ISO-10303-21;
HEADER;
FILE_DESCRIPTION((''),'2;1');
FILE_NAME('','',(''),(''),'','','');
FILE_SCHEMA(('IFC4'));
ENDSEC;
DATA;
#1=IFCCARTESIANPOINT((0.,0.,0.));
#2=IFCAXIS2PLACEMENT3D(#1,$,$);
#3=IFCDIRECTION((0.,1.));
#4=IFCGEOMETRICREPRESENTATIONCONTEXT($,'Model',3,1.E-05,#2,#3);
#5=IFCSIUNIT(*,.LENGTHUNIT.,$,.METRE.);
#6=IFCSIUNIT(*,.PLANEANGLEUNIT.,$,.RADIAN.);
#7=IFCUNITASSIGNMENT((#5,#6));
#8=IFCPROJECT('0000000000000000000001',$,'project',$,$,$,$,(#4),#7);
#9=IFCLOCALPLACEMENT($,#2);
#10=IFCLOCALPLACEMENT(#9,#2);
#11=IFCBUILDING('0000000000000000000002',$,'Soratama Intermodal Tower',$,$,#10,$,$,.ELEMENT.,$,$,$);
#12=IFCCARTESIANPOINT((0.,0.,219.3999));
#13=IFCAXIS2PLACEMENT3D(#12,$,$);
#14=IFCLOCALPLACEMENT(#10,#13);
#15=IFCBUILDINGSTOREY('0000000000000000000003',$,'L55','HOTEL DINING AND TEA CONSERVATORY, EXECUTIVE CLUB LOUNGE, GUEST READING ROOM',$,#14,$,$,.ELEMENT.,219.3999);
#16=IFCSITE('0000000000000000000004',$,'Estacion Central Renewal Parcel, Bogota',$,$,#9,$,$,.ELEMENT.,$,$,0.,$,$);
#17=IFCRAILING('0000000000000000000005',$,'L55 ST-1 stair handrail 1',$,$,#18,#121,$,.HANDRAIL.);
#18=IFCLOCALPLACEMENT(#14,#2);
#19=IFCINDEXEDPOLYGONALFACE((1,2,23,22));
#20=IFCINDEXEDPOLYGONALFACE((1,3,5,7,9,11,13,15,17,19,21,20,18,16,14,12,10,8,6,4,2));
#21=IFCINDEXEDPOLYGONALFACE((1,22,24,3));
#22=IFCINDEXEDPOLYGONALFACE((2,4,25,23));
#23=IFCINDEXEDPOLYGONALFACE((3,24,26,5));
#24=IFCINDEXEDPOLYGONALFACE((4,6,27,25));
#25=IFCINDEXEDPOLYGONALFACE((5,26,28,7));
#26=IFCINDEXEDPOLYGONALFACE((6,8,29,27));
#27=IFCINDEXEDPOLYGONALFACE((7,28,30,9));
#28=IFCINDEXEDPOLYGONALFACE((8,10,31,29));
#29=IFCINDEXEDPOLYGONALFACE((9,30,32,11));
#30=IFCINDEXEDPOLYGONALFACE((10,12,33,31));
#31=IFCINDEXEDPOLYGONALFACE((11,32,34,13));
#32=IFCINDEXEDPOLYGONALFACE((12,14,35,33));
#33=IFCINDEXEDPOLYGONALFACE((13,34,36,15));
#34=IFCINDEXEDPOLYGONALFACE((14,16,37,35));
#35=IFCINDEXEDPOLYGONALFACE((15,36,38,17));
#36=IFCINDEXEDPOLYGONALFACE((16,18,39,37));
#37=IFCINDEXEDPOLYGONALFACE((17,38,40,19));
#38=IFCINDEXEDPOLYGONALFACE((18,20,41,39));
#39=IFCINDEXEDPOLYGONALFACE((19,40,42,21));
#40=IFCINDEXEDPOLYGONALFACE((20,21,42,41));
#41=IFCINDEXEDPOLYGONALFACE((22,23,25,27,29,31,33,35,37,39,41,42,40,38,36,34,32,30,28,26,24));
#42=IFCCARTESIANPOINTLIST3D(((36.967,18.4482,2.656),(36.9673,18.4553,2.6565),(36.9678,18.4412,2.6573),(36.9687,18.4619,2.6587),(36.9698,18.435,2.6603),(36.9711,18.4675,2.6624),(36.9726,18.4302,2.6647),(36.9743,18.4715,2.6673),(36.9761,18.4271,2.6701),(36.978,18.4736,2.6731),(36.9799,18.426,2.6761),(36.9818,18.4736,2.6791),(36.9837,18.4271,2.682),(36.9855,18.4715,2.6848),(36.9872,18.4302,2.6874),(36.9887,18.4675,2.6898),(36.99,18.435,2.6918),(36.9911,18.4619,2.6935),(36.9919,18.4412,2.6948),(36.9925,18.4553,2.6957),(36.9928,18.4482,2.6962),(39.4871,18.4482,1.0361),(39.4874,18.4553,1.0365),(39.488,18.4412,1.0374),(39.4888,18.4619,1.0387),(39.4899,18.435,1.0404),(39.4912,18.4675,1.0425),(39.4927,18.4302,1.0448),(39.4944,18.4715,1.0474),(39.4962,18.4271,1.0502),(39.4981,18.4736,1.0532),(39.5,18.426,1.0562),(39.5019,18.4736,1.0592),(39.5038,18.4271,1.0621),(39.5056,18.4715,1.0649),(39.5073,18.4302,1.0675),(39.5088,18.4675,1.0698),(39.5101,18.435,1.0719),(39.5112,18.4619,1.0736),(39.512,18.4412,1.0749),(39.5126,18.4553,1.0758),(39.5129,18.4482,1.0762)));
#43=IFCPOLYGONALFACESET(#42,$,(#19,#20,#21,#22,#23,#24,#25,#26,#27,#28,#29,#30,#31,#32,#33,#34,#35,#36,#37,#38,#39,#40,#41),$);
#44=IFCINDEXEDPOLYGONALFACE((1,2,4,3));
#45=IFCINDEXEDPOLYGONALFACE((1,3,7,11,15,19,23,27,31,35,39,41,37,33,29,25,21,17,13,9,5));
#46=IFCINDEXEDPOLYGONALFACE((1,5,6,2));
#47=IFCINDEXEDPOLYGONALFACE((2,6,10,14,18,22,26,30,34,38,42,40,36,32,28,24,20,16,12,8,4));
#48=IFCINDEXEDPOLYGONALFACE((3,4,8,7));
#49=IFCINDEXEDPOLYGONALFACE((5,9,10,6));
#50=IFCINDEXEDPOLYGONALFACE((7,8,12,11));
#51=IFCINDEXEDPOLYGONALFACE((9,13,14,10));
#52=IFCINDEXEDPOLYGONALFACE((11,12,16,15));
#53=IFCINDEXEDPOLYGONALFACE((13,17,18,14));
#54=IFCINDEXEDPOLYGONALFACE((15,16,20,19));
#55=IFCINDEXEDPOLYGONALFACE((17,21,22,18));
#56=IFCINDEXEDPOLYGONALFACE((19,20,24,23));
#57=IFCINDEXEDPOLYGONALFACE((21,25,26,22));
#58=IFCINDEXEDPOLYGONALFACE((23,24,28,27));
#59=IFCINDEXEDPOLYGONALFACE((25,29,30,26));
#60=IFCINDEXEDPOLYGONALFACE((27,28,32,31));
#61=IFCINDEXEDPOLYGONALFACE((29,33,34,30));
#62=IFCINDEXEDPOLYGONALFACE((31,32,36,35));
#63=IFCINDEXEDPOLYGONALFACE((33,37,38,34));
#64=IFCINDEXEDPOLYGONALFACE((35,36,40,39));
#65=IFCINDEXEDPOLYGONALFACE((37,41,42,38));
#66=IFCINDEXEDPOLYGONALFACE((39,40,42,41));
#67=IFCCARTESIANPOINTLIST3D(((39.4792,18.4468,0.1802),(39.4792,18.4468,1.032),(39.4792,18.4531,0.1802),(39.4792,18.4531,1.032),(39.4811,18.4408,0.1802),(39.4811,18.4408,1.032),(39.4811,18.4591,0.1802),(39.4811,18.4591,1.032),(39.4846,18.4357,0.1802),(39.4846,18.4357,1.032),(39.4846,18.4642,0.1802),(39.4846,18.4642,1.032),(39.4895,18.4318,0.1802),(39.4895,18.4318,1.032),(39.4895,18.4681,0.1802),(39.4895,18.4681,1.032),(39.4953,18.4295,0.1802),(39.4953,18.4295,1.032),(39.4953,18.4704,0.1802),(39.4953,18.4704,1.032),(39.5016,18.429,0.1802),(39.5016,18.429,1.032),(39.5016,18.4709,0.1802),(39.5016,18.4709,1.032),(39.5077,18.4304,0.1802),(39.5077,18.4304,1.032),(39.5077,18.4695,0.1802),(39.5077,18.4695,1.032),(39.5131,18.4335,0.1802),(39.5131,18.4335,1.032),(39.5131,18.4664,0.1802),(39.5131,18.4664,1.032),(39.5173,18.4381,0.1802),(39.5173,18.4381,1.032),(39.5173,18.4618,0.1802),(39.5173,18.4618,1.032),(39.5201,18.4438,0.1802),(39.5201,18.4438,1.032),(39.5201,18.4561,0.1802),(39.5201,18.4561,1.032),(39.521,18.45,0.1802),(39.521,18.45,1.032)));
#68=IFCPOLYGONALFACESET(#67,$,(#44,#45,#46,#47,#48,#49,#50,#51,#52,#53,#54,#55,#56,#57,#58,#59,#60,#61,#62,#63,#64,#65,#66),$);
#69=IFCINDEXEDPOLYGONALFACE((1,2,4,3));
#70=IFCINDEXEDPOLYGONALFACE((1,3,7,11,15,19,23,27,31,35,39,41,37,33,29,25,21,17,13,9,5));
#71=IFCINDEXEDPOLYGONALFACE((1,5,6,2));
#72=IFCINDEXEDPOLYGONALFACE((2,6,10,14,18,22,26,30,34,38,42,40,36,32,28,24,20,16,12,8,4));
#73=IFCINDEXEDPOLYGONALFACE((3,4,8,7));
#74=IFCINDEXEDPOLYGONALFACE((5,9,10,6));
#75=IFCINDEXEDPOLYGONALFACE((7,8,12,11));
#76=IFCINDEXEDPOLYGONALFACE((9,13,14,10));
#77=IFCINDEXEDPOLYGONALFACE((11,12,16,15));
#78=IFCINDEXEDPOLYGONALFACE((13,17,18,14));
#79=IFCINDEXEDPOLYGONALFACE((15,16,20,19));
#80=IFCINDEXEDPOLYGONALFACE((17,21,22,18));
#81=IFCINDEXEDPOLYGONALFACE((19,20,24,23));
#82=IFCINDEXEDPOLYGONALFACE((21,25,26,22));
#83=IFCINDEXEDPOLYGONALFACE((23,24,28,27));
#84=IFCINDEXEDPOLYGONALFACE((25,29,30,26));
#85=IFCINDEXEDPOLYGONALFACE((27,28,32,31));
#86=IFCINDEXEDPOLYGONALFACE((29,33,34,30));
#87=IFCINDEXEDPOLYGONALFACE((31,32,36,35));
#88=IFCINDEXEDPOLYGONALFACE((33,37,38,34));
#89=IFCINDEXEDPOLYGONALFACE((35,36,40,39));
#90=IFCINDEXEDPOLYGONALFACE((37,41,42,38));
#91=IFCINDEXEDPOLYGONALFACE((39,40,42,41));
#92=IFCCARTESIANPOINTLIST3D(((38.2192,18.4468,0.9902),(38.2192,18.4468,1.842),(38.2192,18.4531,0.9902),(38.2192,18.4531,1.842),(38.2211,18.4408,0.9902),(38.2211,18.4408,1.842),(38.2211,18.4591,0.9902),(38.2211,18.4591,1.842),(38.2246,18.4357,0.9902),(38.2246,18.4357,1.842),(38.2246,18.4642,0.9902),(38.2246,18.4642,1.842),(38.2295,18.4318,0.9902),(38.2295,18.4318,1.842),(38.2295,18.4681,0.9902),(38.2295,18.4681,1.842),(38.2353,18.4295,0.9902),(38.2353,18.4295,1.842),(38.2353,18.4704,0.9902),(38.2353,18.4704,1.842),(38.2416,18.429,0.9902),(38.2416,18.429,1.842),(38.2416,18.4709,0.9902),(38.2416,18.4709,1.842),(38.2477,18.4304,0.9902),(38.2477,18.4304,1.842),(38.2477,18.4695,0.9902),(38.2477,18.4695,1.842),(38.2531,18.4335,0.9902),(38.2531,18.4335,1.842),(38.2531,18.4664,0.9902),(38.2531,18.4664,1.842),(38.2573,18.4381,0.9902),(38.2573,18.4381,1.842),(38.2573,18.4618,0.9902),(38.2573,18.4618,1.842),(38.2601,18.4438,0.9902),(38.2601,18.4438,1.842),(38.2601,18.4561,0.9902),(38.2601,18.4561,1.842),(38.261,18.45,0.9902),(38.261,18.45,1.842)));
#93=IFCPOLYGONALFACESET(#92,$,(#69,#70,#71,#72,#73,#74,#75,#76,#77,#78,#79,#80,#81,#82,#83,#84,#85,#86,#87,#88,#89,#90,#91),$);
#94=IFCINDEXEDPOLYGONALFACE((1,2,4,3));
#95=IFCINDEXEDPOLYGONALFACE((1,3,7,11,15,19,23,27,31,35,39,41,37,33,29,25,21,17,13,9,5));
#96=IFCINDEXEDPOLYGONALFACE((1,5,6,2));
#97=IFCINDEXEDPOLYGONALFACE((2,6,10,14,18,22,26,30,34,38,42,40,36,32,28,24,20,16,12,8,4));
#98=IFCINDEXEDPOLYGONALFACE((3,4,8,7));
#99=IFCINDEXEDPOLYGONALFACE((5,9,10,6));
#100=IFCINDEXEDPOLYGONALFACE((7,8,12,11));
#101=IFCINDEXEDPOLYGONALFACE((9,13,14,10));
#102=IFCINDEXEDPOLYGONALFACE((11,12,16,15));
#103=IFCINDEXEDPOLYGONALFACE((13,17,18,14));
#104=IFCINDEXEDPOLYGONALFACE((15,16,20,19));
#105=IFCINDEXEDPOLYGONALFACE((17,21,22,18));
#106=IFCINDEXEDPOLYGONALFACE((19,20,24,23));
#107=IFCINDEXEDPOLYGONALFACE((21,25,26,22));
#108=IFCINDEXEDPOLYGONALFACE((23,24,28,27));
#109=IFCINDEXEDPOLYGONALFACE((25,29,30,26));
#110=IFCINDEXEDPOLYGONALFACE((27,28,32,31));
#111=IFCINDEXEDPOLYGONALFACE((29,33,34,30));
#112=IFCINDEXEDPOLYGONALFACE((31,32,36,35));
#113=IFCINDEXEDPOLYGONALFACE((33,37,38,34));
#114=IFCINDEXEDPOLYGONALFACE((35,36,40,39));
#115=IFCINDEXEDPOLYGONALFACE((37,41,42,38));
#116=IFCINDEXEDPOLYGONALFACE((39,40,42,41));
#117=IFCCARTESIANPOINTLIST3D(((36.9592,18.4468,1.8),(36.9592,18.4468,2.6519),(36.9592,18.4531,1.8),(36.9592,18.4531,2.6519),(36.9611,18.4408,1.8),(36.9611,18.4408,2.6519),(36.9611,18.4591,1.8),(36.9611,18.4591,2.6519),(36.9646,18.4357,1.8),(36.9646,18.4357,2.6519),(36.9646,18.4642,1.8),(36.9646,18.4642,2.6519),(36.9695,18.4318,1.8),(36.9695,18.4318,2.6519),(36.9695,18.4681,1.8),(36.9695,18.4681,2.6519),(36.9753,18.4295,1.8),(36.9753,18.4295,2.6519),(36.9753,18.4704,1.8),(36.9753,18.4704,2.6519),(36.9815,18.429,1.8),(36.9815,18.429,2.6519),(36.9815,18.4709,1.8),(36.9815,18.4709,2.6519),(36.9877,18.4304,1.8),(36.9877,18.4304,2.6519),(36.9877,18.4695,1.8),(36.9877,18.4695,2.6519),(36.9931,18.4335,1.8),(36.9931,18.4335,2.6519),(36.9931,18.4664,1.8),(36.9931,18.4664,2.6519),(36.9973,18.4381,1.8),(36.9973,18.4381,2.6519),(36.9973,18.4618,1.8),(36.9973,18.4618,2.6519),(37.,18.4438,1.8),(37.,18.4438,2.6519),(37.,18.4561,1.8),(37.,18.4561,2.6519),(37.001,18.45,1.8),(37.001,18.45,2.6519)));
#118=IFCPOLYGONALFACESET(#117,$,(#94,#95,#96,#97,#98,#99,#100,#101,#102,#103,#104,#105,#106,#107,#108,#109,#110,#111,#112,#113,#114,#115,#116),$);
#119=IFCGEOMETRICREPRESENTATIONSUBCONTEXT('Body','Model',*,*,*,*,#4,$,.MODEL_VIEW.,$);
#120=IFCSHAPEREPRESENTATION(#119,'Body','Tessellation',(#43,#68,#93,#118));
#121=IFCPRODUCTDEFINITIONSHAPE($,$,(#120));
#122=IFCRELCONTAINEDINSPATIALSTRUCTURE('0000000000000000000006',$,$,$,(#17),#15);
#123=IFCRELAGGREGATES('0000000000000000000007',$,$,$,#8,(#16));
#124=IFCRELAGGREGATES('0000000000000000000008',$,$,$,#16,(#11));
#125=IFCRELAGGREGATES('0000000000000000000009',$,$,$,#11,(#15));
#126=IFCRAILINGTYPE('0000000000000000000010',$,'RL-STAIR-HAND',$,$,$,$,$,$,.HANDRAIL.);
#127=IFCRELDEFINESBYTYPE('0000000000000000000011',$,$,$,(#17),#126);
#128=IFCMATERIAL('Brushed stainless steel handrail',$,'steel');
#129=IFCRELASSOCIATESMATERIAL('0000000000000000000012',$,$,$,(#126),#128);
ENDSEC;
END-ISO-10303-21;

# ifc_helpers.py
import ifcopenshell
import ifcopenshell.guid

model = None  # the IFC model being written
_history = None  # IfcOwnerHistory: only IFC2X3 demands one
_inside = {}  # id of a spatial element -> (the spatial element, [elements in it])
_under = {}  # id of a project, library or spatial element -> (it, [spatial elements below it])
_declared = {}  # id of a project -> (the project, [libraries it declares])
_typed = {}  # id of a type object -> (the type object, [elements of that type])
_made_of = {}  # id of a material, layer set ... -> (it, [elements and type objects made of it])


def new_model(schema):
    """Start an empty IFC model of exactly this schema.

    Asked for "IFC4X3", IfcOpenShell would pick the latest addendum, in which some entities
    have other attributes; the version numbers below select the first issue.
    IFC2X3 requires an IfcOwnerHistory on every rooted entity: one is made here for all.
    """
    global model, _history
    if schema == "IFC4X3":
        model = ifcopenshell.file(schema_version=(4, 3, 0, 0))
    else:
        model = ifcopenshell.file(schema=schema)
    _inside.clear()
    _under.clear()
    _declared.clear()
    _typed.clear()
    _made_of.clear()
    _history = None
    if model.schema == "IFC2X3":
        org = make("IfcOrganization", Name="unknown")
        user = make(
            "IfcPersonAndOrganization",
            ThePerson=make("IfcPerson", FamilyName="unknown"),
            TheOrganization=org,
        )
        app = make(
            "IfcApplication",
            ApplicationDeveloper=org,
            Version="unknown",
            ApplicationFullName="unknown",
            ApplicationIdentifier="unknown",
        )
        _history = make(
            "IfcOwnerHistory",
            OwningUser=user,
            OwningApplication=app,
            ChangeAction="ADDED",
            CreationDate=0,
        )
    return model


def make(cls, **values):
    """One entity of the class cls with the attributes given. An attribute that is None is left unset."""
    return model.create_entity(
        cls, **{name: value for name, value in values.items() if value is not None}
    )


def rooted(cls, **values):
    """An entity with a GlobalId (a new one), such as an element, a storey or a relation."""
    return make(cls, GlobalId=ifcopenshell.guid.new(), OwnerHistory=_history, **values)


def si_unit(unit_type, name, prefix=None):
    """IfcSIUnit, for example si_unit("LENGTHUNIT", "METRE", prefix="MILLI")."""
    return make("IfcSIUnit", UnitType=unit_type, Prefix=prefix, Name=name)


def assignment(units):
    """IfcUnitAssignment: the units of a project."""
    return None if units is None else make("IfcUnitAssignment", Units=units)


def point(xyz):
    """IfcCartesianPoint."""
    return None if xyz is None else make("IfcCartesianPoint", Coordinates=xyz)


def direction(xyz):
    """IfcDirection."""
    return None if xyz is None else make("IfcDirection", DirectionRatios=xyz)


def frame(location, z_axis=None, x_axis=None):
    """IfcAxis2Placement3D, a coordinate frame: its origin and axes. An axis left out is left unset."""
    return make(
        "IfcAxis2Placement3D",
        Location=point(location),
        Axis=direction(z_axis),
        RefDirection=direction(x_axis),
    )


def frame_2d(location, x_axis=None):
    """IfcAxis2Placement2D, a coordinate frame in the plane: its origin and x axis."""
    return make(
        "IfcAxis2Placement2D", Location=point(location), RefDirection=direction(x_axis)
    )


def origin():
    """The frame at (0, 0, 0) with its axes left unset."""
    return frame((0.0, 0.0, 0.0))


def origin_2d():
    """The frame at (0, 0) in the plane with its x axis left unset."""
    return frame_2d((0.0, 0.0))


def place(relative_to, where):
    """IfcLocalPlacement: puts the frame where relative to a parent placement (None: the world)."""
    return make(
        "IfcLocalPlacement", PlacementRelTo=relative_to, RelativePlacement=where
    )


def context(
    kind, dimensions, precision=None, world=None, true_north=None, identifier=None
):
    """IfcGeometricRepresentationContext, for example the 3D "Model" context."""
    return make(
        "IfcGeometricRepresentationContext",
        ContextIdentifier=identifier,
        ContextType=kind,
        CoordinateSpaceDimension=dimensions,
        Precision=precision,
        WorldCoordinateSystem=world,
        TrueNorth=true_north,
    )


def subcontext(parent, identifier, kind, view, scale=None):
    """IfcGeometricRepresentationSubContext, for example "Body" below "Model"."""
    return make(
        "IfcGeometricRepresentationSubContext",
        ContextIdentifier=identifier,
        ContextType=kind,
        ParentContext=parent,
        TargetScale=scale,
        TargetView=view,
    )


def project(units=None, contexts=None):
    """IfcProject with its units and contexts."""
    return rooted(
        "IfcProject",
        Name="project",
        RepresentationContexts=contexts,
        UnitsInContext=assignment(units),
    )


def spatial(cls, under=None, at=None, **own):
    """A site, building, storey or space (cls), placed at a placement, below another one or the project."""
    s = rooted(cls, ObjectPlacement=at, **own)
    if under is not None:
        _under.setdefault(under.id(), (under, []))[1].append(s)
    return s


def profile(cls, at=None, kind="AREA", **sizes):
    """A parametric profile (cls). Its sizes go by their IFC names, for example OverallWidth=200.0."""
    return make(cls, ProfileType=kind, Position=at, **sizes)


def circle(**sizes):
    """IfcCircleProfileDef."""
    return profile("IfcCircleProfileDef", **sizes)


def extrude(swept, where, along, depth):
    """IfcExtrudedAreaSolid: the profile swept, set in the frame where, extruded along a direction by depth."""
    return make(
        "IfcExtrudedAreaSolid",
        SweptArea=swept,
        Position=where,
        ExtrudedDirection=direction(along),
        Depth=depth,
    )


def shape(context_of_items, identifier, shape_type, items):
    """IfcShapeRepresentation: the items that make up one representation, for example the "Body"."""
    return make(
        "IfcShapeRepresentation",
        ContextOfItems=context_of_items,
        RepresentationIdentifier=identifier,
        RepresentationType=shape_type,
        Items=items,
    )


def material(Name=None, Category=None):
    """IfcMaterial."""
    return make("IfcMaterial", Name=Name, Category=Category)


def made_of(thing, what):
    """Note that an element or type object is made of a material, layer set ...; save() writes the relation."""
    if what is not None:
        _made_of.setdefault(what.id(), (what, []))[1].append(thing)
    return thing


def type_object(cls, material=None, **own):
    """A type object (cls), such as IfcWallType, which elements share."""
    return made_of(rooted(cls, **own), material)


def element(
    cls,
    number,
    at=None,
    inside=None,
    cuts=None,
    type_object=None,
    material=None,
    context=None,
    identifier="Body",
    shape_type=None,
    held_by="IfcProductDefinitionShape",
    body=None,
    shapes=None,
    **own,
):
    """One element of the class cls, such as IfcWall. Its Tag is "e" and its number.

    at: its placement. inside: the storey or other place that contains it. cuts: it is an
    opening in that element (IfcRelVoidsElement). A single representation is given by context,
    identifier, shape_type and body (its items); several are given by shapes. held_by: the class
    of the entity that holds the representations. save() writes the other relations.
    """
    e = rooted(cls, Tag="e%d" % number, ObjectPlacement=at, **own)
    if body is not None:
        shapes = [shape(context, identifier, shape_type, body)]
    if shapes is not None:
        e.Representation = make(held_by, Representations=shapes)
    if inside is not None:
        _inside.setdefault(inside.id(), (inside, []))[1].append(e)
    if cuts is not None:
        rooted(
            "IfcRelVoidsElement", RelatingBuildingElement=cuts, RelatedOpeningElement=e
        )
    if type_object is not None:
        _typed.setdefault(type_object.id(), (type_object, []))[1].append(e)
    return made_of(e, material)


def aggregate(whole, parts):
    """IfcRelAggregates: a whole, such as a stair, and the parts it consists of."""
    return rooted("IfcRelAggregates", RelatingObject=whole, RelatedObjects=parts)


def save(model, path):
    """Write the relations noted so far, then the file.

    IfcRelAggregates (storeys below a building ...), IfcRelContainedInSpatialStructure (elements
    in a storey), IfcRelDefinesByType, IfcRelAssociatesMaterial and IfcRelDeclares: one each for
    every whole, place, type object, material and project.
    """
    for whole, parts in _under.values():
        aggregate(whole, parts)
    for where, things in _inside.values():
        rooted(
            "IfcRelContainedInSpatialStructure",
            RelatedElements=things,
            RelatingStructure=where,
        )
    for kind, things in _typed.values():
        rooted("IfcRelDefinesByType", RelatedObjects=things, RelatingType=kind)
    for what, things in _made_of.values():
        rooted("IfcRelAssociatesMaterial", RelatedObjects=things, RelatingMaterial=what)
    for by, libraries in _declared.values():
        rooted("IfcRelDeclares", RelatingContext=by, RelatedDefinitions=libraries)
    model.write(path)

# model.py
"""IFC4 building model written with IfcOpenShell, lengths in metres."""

from ifc_helpers import new_model, si_unit, direction, frame, origin, origin_2d, place, context, subcontext, project, spatial, circle, extrude, material, type_object, element, save


model = new_model("IFC4")

# Units and contexts
model_context = context("Model", 3, precision=1e-05, world=origin(), true_north=direction((0.0, 1.0)))
body_context = subcontext(model_context, "Body", "Model", "MODEL_VIEW")
ifc_project = project(units=[si_unit("LENGTHUNIT", "METRE"), si_unit("PLANEANGLEUNIT", "RADIAN")], contexts=[model_context])

# Site, building, storey
site_placement = place(None, origin())
site = spatial("IfcSite", under=ifc_project, at=site_placement, Name="Estacion Central Renewal Parcel, Bogota", CompositionType="ELEMENT", RefElevation=0.0)
building_placement = place(site_placement, origin())
building = spatial("IfcBuilding", under=site, at=building_placement, Name="Soratama Intermodal Tower", CompositionType="ELEMENT")
storey_placement = place(building_placement, frame((0.0, 0.0, 219.3999)))
storey = spatial("IfcBuildingStorey", under=building, at=storey_placement, Name="L55", Description="HOTEL DINING AND TEA CONSERVATORY, EXECUTIVE CLUB LOUNGE, GUEST READING ROOM", CompositionType="ELEMENT", Elevation=219.3999)

# Railing
ifc_material_1 = material(Name="Brushed stainless steel handrail", Category="steel")
railing_type_1 = type_object("IfcRailingType", Name="RL-STAIR-HAND", PredefinedType="HANDRAIL", material=ifc_material_1)
railing_1_placement = place(storey_placement, frame((39.5, 18.45, 0.1802)))
element("IfcRailing", 1, at=railing_1_placement, inside=storey, type_object=railing_type_1, Name="L55 ST-1 stair handrail 1", PredefinedType="HANDRAIL", context=body_context, shape_type="SweptSolid", body=[
    extrude(circle(Radius=0.0239, at=origin_2d()), frame((0.0, 0.0, 0.876), z_axis=(-0.8412, 0.0, 0.540725), x_axis=(0.0, -1.0, 0.0)), (0.0, 0.0, 1.0), 2.9958),
    extrude(circle(Radius=0.021, at=origin_2d()), origin(), (0.0, 0.0, 1.0), 0.8518),
    extrude(circle(Radius=0.021, at=origin_2d()), frame((-1.26, 0.0, 0.8101)), (0.0, 0.0, 1.0), 0.8518),
    extrude(circle(Radius=0.021, at=origin_2d()), frame((-2.52, 0.0, 1.6199)), (0.0, 0.0, 1.0), 0.8518),
])

save(model, "model.ifc")
